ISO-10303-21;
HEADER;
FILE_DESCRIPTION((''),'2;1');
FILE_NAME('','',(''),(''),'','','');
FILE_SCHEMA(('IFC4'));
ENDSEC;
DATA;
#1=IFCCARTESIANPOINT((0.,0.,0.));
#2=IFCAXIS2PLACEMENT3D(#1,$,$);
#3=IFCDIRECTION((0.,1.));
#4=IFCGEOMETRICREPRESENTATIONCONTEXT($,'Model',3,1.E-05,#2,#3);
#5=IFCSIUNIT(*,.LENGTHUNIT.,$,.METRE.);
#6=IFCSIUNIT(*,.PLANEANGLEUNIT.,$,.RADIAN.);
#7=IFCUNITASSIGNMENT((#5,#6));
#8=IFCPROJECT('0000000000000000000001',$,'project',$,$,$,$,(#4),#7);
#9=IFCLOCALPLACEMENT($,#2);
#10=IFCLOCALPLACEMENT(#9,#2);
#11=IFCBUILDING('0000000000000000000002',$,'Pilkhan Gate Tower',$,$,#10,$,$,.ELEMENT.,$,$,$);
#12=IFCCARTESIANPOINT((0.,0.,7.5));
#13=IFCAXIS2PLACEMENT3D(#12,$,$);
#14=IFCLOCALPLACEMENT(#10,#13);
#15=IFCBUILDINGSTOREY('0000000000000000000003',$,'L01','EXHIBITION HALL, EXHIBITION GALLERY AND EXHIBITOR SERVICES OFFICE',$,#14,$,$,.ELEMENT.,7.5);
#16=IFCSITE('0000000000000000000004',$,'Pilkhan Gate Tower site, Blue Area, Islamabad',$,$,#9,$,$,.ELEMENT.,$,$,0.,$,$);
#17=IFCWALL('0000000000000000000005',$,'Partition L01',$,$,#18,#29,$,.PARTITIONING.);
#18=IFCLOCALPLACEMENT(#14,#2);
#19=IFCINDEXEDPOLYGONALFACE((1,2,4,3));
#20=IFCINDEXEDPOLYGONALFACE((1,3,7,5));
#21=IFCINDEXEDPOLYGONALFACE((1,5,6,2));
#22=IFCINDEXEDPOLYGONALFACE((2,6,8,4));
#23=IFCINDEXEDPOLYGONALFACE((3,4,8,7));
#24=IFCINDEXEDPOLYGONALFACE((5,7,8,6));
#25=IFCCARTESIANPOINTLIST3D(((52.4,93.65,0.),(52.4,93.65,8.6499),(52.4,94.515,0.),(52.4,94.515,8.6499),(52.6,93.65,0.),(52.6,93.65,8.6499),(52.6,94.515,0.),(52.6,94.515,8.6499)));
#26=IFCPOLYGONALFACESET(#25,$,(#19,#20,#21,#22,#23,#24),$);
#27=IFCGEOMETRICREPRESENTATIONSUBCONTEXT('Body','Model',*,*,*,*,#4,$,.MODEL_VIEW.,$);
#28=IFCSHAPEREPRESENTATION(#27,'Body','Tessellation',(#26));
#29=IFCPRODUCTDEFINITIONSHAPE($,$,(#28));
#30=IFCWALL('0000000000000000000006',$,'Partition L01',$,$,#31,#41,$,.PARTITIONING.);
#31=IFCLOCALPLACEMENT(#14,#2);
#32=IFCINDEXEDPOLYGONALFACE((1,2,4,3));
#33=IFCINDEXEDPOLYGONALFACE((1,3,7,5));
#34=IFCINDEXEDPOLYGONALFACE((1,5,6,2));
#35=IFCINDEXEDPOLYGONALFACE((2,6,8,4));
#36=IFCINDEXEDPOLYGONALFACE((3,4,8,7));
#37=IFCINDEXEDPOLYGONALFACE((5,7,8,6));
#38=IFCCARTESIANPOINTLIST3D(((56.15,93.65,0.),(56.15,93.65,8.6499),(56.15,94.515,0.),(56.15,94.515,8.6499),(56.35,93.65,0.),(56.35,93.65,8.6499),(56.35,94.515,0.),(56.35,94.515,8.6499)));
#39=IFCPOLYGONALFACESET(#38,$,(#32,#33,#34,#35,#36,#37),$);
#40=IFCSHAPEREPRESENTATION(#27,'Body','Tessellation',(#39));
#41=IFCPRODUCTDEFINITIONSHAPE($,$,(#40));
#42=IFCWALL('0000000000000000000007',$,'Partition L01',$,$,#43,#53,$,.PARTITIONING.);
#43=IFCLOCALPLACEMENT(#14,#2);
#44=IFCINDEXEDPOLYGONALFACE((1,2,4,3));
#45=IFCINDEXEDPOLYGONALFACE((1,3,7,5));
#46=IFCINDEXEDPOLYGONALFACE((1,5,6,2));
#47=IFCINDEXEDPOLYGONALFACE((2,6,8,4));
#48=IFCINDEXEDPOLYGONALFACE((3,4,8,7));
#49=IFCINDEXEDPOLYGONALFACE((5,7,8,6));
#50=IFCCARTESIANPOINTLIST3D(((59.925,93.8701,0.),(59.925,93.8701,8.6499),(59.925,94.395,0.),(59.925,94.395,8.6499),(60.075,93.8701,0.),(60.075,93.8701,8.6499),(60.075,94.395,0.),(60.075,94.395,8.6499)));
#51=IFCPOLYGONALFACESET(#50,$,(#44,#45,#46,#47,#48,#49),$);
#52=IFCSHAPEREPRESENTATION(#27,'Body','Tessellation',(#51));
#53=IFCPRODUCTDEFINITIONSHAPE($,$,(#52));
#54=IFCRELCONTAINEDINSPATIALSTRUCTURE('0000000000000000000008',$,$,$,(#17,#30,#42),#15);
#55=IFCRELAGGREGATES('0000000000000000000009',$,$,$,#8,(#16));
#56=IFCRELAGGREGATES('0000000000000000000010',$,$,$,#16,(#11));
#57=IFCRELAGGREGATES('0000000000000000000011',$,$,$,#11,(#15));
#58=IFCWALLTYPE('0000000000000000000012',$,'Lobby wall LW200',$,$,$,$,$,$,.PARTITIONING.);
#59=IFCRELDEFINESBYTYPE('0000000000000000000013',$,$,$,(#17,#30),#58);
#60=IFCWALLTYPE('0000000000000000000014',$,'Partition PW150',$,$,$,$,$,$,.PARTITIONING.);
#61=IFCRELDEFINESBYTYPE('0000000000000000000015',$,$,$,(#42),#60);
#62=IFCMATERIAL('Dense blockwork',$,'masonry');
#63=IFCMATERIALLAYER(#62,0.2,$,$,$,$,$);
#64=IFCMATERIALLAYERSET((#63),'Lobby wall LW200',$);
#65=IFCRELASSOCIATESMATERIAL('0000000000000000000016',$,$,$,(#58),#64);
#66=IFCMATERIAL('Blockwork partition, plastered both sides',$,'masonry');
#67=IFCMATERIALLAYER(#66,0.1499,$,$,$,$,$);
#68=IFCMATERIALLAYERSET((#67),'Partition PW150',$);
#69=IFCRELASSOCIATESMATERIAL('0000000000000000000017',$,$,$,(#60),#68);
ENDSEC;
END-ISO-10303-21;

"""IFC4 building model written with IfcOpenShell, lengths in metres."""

from ifc_helpers import new_model, si_unit, direction, frame, frame_2d, origin, place, context, subcontext, project, spatial, rectangle, extrude, material, layer, layer_set, type_object, element, save


model = new_model("IFC4")

# Units and contexts
model_context = context("Model", 3, precision=1e-05, world=origin(), true_north=direction((0.0, 1.0)))
body_context = subcontext(model_context, "Body", "Model", "MODEL_VIEW")
ifc_project = project(units=[si_unit("LENGTHUNIT", "METRE"), si_unit("PLANEANGLEUNIT", "RADIAN")], contexts=[model_context])

# Site, building, storey
site_placement = place(None, origin())
site = spatial("IfcSite", under=ifc_project, at=site_placement, Name="Pilkhan Gate Tower site, Blue Area, Islamabad", CompositionType="ELEMENT", RefElevation=0.0)
building_placement = place(site_placement, origin())
building = spatial("IfcBuilding", under=site, at=building_placement, Name="Pilkhan Gate Tower", CompositionType="ELEMENT")
storey_placement = place(building_placement, frame((0.0, 0.0, 7.5)))
storey = spatial("IfcBuildingStorey", under=building, at=storey_placement, Name="L01", Description="EXHIBITION HALL, EXHIBITION GALLERY AND EXHIBITOR SERVICES OFFICE", CompositionType="ELEMENT", Elevation=7.5)

# Walls
ifc_material_1 = material(Name="Dense blockwork", Category="masonry")
ifc_layer_1 = layer(ifc_material_1, 0.2)
ifc_layer_set_1 = layer_set([ifc_layer_1], Name="Lobby wall LW200")
wall_type_1 = type_object("IfcWallType", Name="Lobby wall LW200", PredefinedType="PARTITIONING", material=ifc_layer_set_1)
for number, where, z_axis, x_axis, name in (
    (1, (52.5, 93.6499, 0.0), (0.0, 0.0, 1.0), (0.0, 1.0, 0.0), "Partition L01"),
    (2, (56.25, 93.6499, 0.0), (0.0, 0.0, 1.0), (0.0, 1.0, 0.0), "Partition L01"),
):
    element("IfcWall", number, at=place(storey_placement, frame(where, z_axis=z_axis, x_axis=x_axis)), inside=storey, type_object=wall_type_1, Name=name, PredefinedType="PARTITIONING", context=body_context, shape_type="SweptSolid", body=[
        extrude(rectangle(XDim=0.865, YDim=0.2, at=frame_2d((0.4326, 0.0))), origin(), (0.0, 0.0, 1.0), 8.6499),
    ])
ifc_material_2 = material(Name="Blockwork partition, plastered both sides", Category="masonry")
ifc_layer_2 = layer(ifc_material_2, 0.1499)
ifc_layer_set_2 = layer_set([ifc_layer_2], Name="Partition PW150")
wall_type_2 = type_object("IfcWallType", Name="Partition PW150", PredefinedType="PARTITIONING", material=ifc_layer_set_2)
wall_1_placement = place(storey_placement, frame((60.0, 93.8701, 0.0), z_axis=(0.0, 0.0, 1.0), x_axis=(0.0, 1.0, 0.0)))
element("IfcWall", 3, at=wall_1_placement, inside=storey, type_object=wall_type_2, Name="Partition L01", PredefinedType="PARTITIONING", context=body_context, shape_type="SweptSolid", body=[
    extrude(rectangle(XDim=0.5249, YDim=0.1499, at=frame_2d((0.2625, 0.0))), origin(), (0.0, 0.0, 1.0), 8.6499),
])

save(model, "model.ifc")
